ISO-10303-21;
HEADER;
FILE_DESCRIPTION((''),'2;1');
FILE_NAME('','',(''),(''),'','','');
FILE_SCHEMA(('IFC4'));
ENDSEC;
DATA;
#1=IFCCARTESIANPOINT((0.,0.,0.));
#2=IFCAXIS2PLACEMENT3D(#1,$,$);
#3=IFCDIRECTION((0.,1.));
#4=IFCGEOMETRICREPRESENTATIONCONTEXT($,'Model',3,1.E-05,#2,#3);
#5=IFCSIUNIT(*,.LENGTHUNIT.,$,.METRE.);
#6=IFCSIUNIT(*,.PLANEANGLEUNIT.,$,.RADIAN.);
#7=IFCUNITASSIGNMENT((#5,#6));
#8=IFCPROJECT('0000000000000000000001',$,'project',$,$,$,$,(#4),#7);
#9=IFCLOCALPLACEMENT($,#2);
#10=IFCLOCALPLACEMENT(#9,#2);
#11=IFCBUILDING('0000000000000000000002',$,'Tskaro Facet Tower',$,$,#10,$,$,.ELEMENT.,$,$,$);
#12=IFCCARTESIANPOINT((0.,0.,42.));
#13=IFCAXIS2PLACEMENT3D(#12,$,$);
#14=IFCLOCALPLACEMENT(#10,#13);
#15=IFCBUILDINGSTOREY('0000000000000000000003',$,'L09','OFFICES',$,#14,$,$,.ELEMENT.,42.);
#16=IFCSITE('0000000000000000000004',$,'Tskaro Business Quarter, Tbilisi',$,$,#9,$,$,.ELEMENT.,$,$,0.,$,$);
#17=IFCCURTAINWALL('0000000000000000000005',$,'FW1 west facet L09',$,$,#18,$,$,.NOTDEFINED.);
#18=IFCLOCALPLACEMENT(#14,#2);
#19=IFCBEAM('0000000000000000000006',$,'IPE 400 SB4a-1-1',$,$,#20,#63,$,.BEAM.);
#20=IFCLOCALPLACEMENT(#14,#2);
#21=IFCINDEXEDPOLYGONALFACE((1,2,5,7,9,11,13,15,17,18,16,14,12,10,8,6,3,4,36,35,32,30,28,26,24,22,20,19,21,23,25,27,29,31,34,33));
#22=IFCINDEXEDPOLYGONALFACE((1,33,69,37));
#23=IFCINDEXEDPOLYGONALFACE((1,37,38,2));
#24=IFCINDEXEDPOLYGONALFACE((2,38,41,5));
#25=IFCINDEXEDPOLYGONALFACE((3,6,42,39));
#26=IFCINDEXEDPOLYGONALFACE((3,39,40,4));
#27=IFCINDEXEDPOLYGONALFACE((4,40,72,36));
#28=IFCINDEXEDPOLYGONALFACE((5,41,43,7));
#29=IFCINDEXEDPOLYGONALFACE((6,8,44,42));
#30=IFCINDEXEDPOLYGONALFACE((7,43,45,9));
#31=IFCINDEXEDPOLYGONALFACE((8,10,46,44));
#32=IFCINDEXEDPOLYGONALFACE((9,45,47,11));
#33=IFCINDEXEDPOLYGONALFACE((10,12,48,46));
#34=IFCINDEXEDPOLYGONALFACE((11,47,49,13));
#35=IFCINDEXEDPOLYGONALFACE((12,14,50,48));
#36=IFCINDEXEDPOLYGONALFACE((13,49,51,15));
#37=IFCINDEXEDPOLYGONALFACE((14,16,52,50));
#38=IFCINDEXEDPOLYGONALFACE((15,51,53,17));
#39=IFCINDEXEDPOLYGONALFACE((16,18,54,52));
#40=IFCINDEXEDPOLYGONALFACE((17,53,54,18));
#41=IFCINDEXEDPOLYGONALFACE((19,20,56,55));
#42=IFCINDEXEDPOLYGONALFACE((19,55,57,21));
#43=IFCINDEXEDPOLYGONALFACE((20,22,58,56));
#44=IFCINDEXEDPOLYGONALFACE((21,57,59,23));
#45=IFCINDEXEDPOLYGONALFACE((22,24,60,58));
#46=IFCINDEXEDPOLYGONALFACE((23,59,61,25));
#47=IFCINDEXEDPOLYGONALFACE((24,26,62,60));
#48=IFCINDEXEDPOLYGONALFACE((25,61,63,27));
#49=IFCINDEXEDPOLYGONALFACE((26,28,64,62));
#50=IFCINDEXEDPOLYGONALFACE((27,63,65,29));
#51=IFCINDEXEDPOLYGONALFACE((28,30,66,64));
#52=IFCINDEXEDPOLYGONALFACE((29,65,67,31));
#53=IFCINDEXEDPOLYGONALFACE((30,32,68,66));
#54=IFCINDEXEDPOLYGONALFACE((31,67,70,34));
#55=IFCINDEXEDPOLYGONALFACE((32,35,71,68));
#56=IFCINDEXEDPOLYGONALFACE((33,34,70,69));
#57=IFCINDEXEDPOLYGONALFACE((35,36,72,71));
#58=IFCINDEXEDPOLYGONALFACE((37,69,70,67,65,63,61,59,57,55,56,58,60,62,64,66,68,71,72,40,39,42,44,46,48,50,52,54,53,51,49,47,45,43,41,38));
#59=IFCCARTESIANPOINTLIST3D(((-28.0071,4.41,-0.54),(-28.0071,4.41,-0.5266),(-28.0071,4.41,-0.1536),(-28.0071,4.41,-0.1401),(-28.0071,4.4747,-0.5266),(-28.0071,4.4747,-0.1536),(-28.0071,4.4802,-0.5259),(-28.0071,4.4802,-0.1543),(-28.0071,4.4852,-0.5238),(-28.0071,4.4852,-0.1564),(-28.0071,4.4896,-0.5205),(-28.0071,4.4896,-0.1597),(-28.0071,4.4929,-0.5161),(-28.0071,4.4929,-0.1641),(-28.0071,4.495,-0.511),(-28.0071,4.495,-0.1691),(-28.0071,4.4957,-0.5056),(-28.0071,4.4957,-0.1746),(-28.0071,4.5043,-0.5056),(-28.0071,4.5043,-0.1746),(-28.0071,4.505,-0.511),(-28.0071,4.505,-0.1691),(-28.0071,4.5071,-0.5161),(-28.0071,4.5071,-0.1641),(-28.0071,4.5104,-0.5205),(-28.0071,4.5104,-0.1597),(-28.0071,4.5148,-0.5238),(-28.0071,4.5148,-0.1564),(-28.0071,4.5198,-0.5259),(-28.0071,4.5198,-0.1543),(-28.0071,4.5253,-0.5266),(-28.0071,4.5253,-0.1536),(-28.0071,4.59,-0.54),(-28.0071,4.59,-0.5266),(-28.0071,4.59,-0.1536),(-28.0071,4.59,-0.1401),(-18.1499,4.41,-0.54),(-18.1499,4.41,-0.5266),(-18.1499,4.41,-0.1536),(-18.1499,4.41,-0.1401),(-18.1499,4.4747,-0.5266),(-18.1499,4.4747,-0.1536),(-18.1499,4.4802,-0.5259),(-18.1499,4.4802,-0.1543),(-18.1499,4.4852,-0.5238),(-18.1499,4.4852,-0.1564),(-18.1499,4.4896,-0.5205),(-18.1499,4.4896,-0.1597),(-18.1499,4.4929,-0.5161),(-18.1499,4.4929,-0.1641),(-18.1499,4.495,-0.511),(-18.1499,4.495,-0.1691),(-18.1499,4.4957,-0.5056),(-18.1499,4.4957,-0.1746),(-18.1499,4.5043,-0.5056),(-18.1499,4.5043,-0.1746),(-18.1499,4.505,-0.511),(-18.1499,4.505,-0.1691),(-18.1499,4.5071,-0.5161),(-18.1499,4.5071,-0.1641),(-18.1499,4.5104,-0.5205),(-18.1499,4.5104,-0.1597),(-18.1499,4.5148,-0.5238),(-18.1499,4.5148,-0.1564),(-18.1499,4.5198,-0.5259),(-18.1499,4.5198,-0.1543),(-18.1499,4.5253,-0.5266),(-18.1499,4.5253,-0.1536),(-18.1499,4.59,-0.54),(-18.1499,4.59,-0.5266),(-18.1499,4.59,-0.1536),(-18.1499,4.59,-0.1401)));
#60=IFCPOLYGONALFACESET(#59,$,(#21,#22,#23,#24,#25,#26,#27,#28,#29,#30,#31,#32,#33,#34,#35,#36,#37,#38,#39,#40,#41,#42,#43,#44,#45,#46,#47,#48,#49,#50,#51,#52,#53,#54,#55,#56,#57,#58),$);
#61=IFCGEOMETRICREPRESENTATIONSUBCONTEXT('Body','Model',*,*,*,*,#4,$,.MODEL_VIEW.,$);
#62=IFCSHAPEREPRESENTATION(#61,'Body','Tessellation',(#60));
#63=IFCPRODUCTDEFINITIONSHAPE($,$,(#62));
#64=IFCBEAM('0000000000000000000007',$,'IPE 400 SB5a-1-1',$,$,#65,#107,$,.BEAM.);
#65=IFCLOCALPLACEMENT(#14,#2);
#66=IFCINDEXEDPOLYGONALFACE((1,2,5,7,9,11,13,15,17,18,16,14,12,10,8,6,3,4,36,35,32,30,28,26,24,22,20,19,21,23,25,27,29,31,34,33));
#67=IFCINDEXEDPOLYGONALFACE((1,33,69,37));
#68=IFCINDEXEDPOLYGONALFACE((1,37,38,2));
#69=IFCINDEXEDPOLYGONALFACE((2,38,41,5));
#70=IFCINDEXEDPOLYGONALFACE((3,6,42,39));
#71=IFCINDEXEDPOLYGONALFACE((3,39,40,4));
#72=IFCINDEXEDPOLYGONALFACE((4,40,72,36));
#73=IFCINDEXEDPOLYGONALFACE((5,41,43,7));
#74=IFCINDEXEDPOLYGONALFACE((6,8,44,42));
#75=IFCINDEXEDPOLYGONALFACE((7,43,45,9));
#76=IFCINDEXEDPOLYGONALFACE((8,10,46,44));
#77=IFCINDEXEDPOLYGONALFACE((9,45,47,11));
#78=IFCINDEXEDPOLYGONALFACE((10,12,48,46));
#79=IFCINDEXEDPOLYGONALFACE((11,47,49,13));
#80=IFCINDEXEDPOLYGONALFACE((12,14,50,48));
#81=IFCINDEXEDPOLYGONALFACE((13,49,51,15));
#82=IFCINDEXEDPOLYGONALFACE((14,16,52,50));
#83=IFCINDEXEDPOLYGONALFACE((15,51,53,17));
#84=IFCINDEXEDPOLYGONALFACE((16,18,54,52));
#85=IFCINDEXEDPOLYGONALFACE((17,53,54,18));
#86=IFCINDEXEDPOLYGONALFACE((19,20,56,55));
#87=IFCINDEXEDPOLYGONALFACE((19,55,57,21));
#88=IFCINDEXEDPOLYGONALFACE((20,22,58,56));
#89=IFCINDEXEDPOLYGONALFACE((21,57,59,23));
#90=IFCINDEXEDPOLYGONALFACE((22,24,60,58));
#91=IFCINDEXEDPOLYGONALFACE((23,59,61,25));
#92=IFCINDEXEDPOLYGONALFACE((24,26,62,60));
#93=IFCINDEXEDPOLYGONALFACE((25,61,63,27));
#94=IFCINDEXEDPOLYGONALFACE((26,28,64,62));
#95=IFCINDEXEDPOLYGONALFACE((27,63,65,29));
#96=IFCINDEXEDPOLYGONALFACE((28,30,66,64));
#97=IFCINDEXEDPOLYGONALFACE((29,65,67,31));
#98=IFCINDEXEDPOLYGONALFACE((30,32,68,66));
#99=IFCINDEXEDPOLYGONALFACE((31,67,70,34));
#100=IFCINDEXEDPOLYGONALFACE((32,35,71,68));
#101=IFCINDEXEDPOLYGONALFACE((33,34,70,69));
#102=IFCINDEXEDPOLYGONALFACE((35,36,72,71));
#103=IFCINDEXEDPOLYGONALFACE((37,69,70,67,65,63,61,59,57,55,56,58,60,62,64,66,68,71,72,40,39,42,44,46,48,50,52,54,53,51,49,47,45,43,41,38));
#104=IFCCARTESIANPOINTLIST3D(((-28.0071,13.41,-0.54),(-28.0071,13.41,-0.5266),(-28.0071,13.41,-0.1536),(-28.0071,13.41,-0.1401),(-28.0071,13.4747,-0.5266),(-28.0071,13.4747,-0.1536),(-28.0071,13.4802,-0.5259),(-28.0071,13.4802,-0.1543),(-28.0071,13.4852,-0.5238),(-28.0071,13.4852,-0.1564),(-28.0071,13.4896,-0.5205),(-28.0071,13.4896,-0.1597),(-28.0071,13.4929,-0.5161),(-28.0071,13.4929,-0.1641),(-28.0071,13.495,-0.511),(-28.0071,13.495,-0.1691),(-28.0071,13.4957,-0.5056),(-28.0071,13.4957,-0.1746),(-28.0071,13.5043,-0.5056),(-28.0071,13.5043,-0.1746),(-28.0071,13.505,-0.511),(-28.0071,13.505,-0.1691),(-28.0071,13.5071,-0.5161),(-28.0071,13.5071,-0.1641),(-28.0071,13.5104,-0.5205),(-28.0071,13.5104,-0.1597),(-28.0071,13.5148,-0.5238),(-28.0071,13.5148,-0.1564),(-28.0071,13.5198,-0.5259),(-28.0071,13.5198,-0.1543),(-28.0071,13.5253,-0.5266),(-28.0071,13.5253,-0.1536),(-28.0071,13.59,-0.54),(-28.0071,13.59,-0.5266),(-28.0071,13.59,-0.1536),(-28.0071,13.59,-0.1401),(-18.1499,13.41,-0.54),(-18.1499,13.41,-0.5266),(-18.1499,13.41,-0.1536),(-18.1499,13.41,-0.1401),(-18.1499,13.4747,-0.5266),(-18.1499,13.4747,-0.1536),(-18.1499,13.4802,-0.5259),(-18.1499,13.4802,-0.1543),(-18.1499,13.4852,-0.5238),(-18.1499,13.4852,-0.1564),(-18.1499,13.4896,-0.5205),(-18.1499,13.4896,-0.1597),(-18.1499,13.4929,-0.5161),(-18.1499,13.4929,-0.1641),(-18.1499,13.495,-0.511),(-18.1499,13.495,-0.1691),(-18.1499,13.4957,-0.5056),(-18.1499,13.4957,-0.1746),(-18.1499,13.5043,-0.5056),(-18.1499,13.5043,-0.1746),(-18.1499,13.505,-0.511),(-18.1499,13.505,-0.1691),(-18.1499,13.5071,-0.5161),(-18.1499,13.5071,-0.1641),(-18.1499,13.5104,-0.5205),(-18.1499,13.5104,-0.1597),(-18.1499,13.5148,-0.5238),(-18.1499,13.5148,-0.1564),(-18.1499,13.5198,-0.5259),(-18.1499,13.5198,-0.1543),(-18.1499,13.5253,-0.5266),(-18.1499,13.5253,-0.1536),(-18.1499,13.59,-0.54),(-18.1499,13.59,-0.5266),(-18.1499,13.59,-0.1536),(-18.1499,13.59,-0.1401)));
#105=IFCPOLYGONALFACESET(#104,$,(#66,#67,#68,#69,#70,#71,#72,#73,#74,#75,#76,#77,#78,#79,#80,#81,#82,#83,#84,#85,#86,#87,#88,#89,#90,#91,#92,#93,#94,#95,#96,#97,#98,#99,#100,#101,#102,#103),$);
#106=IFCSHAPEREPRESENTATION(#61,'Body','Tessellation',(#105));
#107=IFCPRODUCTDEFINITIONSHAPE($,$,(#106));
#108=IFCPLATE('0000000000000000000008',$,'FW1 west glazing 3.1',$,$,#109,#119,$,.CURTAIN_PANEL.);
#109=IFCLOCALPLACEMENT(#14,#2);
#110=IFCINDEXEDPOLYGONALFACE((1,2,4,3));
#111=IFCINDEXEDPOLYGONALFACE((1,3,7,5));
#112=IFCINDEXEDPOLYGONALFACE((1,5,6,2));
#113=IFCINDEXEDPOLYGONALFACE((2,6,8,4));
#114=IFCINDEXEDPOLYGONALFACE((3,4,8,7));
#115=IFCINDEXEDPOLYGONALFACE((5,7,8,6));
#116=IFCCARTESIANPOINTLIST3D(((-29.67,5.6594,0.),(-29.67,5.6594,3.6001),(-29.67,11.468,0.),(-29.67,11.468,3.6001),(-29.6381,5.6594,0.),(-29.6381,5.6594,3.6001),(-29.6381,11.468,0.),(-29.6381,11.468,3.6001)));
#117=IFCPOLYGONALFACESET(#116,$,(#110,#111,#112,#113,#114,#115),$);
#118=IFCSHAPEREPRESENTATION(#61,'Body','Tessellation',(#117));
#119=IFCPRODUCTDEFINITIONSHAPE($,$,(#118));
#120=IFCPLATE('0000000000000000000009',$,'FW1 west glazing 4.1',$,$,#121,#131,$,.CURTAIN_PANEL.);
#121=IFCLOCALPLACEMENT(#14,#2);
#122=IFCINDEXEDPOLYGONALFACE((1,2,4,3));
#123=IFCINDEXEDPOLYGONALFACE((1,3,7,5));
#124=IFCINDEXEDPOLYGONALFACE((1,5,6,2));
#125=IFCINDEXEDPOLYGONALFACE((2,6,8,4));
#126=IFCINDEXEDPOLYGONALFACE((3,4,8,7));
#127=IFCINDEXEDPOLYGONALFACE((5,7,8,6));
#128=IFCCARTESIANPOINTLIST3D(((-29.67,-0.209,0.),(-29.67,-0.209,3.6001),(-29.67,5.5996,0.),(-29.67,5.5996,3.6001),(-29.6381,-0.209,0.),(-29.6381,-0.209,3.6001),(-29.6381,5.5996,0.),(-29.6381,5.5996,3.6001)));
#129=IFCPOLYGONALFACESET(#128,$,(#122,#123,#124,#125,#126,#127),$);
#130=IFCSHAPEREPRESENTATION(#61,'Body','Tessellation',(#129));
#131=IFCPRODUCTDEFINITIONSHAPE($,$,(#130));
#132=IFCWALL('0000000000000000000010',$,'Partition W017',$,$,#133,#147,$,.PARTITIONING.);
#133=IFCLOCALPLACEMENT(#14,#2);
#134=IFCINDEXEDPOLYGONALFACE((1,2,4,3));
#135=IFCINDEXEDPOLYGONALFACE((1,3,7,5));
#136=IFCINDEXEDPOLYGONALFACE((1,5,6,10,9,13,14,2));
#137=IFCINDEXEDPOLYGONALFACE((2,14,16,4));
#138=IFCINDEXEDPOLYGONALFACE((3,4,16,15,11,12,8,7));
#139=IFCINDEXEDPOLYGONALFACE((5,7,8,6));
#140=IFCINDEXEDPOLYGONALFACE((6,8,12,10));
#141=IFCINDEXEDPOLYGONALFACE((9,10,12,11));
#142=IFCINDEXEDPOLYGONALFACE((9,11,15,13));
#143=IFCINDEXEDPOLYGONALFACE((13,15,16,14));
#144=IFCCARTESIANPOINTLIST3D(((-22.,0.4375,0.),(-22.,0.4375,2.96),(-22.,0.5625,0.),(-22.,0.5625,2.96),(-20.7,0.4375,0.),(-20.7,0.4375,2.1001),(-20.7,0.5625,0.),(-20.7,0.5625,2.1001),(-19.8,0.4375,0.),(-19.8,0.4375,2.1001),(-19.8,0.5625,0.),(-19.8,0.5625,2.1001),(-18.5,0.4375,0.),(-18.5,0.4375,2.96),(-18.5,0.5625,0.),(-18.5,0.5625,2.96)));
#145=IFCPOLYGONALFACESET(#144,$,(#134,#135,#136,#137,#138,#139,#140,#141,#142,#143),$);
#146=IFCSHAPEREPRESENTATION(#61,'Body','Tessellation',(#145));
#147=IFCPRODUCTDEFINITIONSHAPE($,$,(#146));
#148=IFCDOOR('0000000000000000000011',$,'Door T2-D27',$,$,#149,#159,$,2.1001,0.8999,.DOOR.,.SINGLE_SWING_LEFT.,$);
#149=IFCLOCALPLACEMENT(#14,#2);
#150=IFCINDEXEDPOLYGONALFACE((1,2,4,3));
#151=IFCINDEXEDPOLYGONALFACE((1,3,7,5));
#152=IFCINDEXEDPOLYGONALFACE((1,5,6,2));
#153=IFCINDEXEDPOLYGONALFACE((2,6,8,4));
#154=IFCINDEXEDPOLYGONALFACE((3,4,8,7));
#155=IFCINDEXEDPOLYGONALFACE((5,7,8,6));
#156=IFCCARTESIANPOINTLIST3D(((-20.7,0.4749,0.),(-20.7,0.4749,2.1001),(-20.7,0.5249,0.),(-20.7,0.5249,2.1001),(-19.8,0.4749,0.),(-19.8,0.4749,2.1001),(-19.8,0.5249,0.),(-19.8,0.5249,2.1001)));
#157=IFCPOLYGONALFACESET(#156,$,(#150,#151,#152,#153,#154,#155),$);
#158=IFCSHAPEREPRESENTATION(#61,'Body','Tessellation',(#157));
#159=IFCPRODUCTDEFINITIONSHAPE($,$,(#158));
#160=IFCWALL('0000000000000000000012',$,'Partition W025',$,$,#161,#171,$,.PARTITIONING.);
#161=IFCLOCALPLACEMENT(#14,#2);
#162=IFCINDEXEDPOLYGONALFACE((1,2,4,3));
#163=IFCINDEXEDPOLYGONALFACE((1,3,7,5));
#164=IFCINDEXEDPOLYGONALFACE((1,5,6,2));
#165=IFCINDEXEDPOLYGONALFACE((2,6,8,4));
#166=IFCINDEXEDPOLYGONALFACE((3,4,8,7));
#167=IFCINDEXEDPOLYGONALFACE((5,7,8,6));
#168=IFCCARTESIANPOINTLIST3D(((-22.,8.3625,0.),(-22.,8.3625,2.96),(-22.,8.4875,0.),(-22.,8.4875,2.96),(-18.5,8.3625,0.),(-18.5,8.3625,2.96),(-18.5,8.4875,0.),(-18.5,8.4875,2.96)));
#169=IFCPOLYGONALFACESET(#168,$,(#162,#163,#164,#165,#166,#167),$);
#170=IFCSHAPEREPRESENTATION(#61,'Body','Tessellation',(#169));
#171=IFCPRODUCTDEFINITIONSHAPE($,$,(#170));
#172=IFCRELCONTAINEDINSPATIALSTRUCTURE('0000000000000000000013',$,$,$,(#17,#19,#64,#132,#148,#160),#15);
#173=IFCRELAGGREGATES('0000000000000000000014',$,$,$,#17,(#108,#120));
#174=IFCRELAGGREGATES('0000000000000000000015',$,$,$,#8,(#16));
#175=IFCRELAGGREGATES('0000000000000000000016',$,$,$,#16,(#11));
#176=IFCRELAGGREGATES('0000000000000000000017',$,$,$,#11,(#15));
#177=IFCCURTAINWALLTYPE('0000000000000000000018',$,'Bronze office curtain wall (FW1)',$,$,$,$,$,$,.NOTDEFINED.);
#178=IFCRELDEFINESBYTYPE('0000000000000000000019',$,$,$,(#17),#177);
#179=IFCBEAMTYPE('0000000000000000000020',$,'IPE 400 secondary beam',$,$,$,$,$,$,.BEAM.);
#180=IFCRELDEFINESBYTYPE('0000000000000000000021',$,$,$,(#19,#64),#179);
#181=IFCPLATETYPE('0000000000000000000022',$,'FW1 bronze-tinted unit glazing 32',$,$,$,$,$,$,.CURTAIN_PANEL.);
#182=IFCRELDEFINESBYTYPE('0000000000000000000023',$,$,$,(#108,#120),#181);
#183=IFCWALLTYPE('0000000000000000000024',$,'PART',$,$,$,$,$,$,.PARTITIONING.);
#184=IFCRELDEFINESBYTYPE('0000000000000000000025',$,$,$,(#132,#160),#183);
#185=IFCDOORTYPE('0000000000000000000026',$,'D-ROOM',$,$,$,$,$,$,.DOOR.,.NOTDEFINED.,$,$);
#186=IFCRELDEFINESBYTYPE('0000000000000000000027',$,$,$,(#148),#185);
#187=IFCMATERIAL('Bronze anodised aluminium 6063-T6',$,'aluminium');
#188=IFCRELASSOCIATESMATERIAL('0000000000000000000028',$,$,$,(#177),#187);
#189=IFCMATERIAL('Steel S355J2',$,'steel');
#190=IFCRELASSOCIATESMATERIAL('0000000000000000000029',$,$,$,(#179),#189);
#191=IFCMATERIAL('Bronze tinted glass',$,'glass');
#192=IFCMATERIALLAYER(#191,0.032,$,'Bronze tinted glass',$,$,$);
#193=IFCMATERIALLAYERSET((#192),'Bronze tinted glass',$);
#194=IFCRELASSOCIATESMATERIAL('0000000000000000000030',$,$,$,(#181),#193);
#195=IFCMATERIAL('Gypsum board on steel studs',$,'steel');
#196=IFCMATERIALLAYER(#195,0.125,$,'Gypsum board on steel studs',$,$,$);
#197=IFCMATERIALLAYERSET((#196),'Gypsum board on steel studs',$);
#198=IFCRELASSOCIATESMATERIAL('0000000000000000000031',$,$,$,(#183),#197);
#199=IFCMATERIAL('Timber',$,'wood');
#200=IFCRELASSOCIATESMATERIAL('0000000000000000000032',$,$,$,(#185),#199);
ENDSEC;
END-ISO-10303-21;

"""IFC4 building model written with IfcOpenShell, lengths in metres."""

from ifc_helpers import new_model, si_unit, direction, frame, frame_2d, origin, origin_2d, place, context, subcontext, project, spatial, rectangle, i_section, extrude, material, layer, layer_set, material_profile, profile_set, type_object, element, fill, aggregate, save


model = new_model("IFC4")

# Units and contexts
model_context = context("Model", 3, precision=1e-05, world=origin(), true_north=direction((0.0, 1.0)))
body_context = subcontext(model_context, "Body", "Model", "MODEL_VIEW")
ifc_project = project(units=[si_unit("LENGTHUNIT", "METRE"), si_unit("PLANEANGLEUNIT", "RADIAN")], contexts=[model_context])

# Site, building, storey
site_placement = place(None, origin())
site = spatial("IfcSite", under=ifc_project, at=site_placement, Name="Tskaro Business Quarter, Tbilisi", CompositionType="ELEMENT", RefElevation=0.0)
building_placement = place(site_placement, origin())
building = spatial("IfcBuilding", under=site, at=building_placement, Name="Tskaro Facet Tower", CompositionType="ELEMENT")
storey_placement = place(building_placement, frame((0.0, 0.0, 42.0)))
storey = spatial("IfcBuildingStorey", under=building, at=storey_placement, Name="L09", Description="OFFICES", CompositionType="ELEMENT", Elevation=42.0)

# Curtain wall
ifc_material_1 = material(Name="Bronze anodised aluminium 6063-T6", Category="aluminium")
curtain_wall_type = type_object("IfcCurtainWallType", Name="Bronze office curtain wall (FW1)", PredefinedType="NOTDEFINED", material=ifc_material_1)
curtain_wall_placement = place(storey_placement, origin())
curtain_wall = element("IfcCurtainWall", 1, at=curtain_wall_placement, inside=storey, type_object=curtain_wall_type, Name="FW1 west facet L09", PredefinedType="NOTDEFINED")

# Beams
ifc_material_2 = material(Name="Steel S355J2", Category="steel")
ifc_material_profile_1 = material_profile(ifc_material_2, i_section(OverallWidth=0.1799, OverallDepth=0.3999, WebThickness=0.0085, FlangeThickness=0.0134, FilletRadius=0.021, at=origin_2d()), Name="IPE 400")
ifc_profile_set_1 = profile_set([ifc_material_profile_1], Name="Steel S355J2")
beam_type_1 = type_object("IfcBeamType", Name="IPE 400 secondary beam", PredefinedType="BEAM", material=ifc_profile_set_1)
for number, where, z_axis, x_axis, name in (
    (2, (-28.0071, 4.5, -0.3401), (1.0, 0.0, 0.0), (0.0, 1.0, 0.0), "IPE 400 SB4a-1-1"),
    (3, (-28.0071, 13.5, -0.3401), (1.0, 0.0, 0.0), (0.0, 1.0, 0.0), "IPE 400 SB5a-1-1"),
):
    element("IfcBeam", number, at=place(storey_placement, frame(where, z_axis=z_axis, x_axis=x_axis)), inside=storey, type_object=beam_type_1, Name=name, PredefinedType="BEAM", context=body_context, shape_type="SweptSolid", body=[
        extrude(i_section(OverallWidth=0.1799, OverallDepth=0.3999, WebThickness=0.0085, FlangeThickness=0.0134, FilletRadius=0.021, at=origin_2d()), origin(), (0.0, 0.0, 1.0), 9.8572),
    ])

# Plates
ifc_material_3 = material(Name="Bronze tinted glass", Category="glass")
ifc_layer_1 = layer(ifc_material_3, 0.032, Name="Bronze tinted glass")
ifc_layer_set_1 = layer_set([ifc_layer_1], Name="Bronze tinted glass")
plate_type = type_object("IfcPlateType", Name="FW1 bronze-tinted unit glazing 32", PredefinedType="CURTAIN_PANEL", material=ifc_layer_set_1)
plate_1_placement = place(storey_placement, frame((-29.6541, 8.5637, 0.0), z_axis=(0.0, 0.0, 1.0), x_axis=(0.0, -1.0, 0.0)))
plate_1 = element("IfcPlate", 4, at=plate_1_placement, type_object=plate_type, Name="FW1 west glazing 3.1", PredefinedType="CURTAIN_PANEL", context=body_context, shape_type="SweptSolid", body=[
    extrude(rectangle(XDim=5.8086, YDim=0.032, at=origin_2d()), origin(), (0.0, 0.0, 1.0), 3.6001),
])
plate_2_placement = place(storey_placement, frame((-29.6541, 2.6953, 0.0), z_axis=(0.0, 0.0, 1.0), x_axis=(0.0, -1.0, 0.0)))
plate_2 = element("IfcPlate", 5, at=plate_2_placement, type_object=plate_type, Name="FW1 west glazing 4.1", PredefinedType="CURTAIN_PANEL", context=body_context, shape_type="SweptSolid", body=[
    extrude(rectangle(XDim=5.8086, YDim=0.032, at=origin_2d()), origin(), (0.0, 0.0, 1.0), 3.6001),
])
aggregate(curtain_wall, [plate_1, plate_2])

# Wall, opening, door
ifc_material_4 = material(Name="Gypsum board on steel studs", Category="steel")
ifc_layer_2 = layer(ifc_material_4, 0.125, Name="Gypsum board on steel studs")
ifc_layer_set_2 = layer_set([ifc_layer_2], Name="Gypsum board on steel studs")
wall_type = type_object("IfcWallType", Name="PART", PredefinedType="PARTITIONING", material=ifc_layer_set_2)
wall_1_placement = place(storey_placement, frame((-22.0, 0.5, 0.0), z_axis=(0.0, 0.0, 1.0), x_axis=(1.0, 0.0, 0.0)))
wall_1 = element("IfcWall", 6, at=wall_1_placement, inside=storey, type_object=wall_type, Name="Partition W017", PredefinedType="PARTITIONING", context=body_context, shape_type="SweptSolid", body=[
    extrude(rectangle(XDim=3.5, YDim=0.125, at=frame_2d((1.75, 0.0))), origin(), (0.0, 0.0, 1.0), 2.96),
])
opening_1_placement = place(wall_1_placement, frame((1.3, 0.0, 0.0)))
opening_1 = element("IfcOpeningElement", 7, at=opening_1_placement, cuts=wall_1, PredefinedType="OPENING", context=body_context, shape_type="SweptSolid", body=[
    extrude(rectangle(XDim=0.8999, YDim=2.1001, at=frame_2d((0.45, 1.05))), frame((0.0, 0.0725, 0.0), z_axis=(0.0, -1.0, 0.0), x_axis=(1.0, 0.0, 0.0)), (0.0, 0.0, 1.0), 0.145),
])
ifc_material_5 = material(Name="Timber", Category="wood")
door_type_1 = type_object("IfcDoorType", Name="D-ROOM", OperationType="NOTDEFINED", PredefinedType="DOOR", material=ifc_material_5)
door_1_placement = place(opening_1_placement, origin())
door_1 = element("IfcDoor", 8, at=door_1_placement, inside=storey, type_object=door_type_1, Name="Door T2-D27", OperationType="SINGLE_SWING_LEFT", OverallHeight=2.1001, OverallWidth=0.8999, PredefinedType="DOOR", context=body_context, shape_type="SweptSolid", body=[
    extrude(rectangle(XDim=0.8999, YDim=2.1001, at=frame_2d((0.45, 1.05))), frame((0.0, 0.0249, 0.0), z_axis=(0.0, -1.0, 0.0), x_axis=(1.0, 0.0, 0.0)), (0.0, 0.0, 1.0), 0.05),
])
fill(opening_1, door_1)

# Wall
wall_2_placement = place(storey_placement, frame((-22.0, 8.425, 0.0), z_axis=(0.0, 0.0, 1.0), x_axis=(1.0, 0.0, 0.0)))
element("IfcWall", 9, at=wall_2_placement, inside=storey, type_object=wall_type, Name="Partition W025", PredefinedType="PARTITIONING", context=body_context, shape_type="SweptSolid", body=[
    extrude(rectangle(XDim=3.5, YDim=0.125, at=frame_2d((1.75, 0.0))), origin(), (0.0, 0.0, 1.0), 2.96),
])

save(model, "model.ifc")
